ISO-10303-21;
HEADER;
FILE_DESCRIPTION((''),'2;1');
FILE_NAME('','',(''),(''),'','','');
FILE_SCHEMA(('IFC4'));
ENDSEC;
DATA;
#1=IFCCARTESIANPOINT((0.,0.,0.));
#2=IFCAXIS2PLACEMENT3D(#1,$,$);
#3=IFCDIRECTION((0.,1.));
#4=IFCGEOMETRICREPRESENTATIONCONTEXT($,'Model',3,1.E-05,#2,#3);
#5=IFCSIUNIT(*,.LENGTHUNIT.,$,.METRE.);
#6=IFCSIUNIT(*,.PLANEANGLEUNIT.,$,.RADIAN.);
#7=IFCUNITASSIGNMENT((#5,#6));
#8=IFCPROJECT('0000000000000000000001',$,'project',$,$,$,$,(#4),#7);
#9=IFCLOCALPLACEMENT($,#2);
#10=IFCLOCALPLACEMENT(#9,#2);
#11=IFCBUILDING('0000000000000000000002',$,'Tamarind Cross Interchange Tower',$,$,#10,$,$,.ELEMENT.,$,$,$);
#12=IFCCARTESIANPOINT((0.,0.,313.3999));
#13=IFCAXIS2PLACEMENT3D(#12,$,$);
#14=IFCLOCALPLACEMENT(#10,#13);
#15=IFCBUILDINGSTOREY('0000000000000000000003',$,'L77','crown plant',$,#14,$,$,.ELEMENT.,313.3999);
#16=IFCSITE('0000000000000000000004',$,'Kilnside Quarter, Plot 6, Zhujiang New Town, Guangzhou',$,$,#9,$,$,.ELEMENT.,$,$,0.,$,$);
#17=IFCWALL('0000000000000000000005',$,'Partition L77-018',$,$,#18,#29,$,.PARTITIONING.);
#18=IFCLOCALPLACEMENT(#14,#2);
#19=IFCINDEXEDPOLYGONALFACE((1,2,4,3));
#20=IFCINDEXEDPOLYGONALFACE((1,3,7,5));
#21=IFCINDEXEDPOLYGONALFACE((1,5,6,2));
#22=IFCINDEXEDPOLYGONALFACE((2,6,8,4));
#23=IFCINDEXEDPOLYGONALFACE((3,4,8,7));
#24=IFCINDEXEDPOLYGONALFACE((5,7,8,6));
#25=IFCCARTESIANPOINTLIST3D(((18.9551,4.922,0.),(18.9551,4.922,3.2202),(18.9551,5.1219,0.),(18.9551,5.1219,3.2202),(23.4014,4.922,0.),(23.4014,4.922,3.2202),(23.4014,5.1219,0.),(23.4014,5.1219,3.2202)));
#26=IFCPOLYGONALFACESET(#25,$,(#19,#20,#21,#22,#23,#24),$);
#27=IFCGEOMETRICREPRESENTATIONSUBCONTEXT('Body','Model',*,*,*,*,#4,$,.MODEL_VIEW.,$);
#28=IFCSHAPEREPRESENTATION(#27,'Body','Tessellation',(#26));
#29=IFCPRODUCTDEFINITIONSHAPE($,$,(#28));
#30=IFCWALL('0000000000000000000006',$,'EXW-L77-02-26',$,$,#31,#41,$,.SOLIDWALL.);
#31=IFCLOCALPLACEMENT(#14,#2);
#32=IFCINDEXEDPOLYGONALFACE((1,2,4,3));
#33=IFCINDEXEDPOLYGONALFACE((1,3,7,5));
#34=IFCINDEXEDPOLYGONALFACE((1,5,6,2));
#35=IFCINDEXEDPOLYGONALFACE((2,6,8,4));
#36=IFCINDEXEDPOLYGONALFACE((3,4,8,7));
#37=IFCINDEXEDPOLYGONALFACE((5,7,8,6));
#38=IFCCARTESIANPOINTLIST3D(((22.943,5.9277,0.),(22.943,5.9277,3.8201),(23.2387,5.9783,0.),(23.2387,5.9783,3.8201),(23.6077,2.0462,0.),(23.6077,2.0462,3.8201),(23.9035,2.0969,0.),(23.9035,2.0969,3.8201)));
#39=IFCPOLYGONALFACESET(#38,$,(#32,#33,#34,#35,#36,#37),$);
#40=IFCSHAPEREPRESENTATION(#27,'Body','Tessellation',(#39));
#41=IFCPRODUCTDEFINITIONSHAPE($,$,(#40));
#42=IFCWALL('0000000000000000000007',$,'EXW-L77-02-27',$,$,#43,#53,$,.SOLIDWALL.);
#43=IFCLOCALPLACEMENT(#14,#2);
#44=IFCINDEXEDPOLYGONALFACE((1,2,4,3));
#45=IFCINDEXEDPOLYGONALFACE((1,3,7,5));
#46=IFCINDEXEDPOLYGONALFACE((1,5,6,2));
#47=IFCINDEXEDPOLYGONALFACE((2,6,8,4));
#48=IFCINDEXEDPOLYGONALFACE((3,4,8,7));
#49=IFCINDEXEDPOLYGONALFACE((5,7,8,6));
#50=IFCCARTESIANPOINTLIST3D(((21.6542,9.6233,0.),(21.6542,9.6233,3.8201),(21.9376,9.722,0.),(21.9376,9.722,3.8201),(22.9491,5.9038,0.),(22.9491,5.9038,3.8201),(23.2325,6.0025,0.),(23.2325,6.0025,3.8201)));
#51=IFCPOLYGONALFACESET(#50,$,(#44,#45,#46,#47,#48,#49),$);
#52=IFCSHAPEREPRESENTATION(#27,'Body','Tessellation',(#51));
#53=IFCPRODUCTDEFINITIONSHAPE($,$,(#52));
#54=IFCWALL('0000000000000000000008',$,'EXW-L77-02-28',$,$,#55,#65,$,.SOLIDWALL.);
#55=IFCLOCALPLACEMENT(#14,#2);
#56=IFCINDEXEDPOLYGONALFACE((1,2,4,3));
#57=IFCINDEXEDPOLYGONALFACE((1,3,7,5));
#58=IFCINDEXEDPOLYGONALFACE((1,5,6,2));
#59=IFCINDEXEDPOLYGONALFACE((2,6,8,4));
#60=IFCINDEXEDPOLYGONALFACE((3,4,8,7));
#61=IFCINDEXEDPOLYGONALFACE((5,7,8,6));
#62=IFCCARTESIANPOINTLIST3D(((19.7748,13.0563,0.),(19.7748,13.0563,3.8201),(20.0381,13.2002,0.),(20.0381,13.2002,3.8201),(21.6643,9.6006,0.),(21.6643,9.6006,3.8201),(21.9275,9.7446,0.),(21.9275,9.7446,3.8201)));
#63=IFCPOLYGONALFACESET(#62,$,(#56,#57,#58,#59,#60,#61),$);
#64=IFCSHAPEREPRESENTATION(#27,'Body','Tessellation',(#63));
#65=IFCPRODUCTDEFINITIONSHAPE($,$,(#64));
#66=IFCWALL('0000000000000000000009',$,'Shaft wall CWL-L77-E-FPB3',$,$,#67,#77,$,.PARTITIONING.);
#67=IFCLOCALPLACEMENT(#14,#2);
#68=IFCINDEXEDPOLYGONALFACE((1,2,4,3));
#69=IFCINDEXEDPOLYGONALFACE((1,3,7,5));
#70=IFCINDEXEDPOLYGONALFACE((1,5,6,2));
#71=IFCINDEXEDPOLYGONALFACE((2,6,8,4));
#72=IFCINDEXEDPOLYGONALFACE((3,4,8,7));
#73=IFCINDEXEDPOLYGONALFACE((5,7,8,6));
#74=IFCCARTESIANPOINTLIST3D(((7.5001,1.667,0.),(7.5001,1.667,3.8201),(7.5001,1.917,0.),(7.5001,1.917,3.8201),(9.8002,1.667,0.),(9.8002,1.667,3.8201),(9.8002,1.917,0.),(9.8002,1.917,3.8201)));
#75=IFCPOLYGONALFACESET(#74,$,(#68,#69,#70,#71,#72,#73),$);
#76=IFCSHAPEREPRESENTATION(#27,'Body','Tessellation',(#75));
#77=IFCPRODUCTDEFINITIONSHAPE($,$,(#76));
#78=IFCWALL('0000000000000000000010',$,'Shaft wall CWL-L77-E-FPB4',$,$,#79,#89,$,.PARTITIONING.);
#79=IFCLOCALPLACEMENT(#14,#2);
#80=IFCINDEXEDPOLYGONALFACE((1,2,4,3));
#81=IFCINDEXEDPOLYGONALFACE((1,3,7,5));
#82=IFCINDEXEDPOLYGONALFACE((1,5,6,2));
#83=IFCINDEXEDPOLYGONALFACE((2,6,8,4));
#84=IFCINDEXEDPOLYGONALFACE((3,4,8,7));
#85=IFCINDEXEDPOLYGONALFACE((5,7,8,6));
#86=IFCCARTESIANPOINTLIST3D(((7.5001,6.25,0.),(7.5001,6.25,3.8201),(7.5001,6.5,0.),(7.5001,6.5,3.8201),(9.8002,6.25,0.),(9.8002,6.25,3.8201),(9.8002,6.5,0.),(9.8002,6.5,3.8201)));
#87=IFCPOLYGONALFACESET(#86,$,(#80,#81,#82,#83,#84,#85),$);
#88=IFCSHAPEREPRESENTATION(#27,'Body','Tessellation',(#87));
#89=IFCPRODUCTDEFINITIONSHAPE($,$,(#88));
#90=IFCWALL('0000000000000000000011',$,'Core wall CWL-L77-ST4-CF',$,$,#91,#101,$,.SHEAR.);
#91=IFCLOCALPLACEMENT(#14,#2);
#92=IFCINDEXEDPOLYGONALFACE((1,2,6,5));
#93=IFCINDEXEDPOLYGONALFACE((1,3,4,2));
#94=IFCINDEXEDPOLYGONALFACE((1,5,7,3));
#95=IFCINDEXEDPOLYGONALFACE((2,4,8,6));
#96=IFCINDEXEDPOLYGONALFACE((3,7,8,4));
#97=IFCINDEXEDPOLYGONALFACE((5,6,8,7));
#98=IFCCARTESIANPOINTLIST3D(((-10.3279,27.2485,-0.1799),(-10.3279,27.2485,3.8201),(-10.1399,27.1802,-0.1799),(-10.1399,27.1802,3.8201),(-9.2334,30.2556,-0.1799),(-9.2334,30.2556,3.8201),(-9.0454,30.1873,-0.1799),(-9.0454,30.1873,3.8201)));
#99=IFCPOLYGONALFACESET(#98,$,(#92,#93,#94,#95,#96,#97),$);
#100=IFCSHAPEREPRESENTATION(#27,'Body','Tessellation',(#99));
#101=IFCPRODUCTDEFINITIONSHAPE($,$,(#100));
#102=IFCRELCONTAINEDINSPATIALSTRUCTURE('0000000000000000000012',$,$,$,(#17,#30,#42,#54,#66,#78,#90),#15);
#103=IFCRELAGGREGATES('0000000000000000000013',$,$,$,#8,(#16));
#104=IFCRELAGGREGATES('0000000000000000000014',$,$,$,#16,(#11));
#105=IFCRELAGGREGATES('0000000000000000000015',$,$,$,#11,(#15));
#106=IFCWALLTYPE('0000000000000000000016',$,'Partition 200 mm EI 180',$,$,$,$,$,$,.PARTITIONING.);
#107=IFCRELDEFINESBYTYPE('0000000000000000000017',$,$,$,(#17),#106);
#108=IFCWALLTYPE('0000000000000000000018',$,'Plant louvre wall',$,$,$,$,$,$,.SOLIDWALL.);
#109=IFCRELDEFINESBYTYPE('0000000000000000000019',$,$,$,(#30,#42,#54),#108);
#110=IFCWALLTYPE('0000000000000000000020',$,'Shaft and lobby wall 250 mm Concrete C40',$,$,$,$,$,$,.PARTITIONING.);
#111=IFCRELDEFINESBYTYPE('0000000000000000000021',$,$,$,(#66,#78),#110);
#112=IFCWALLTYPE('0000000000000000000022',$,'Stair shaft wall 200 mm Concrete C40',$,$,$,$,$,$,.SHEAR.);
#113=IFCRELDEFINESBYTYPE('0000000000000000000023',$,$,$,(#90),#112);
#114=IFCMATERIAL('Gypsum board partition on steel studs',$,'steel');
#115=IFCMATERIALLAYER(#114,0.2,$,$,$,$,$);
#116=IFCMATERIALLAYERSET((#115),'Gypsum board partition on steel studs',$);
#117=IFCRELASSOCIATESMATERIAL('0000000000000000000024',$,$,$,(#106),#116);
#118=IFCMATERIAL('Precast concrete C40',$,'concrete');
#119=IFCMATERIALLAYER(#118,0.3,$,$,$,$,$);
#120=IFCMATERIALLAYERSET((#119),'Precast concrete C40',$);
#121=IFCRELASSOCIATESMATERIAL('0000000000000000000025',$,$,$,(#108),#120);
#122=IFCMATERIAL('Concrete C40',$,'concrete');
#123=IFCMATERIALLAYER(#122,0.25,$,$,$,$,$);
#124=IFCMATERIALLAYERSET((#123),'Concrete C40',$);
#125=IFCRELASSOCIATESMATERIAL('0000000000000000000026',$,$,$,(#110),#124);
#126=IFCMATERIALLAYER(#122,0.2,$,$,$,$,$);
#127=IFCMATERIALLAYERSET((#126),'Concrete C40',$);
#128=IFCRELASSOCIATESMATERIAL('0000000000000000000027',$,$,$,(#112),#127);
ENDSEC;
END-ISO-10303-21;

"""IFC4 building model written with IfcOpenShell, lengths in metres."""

from ifc_helpers import new_model, si_unit, direction, frame, frame_2d, origin, place, context, subcontext, project, spatial, polyline, rectangle, outline, extrude, material, layer, layer_set, type_object, element, save


model = new_model("IFC4")

# Units and contexts
model_context = context("Model", 3, precision=1e-05, world=origin(), true_north=direction((0.0, 1.0)))
body_context = subcontext(model_context, "Body", "Model", "MODEL_VIEW")
ifc_project = project(units=[si_unit("LENGTHUNIT", "METRE"), si_unit("PLANEANGLEUNIT", "RADIAN")], contexts=[model_context])

# Site, building, storey
site_placement = place(None, origin())
site = spatial("IfcSite", under=ifc_project, at=site_placement, Name="Kilnside Quarter, Plot 6, Zhujiang New Town, Guangzhou", CompositionType="ELEMENT", RefElevation=0.0)
building_placement = place(site_placement, origin())
building = spatial("IfcBuilding", under=site, at=building_placement, Name="Tamarind Cross Interchange Tower", CompositionType="ELEMENT")
storey_placement = place(building_placement, frame((0.0, 0.0, 313.3999)))
storey = spatial("IfcBuildingStorey", under=building, at=storey_placement, Name="L77", Description="crown plant", CompositionType="ELEMENT", Elevation=313.3999)

# Shared definitions
ifc_material_1 = material(Name="Concrete C40", Category="concrete")

# Walls
ifc_material_2 = material(Name="Gypsum board partition on steel studs", Category="steel")
ifc_layer_1 = layer(ifc_material_2, 0.2)
ifc_layer_set_1 = layer_set([ifc_layer_1], Name="Gypsum board partition on steel studs")
wall_type_1 = type_object("IfcWallType", Name="Partition 200 mm EI 180", PredefinedType="PARTITIONING", material=ifc_layer_set_1)
wall_1_placement = place(storey_placement, frame((18.9551, 5.022, 0.0), z_axis=(0.0, 0.0, 1.0), x_axis=(1.0, 0.0, 0.0)))
element("IfcWall", 1, at=wall_1_placement, inside=storey, type_object=wall_type_1, Name="Partition L77-018", PredefinedType="PARTITIONING", context=body_context, shape_type="SweptSolid", body=[
    extrude(rectangle(XDim=4.4463, YDim=0.2, at=frame_2d((2.2231, 0.0))), origin(), (0.0, 0.0, 1.0), 3.2202),
])
ifc_material_3 = material(Name="Precast concrete C40", Category="concrete")
ifc_layer_2 = layer(ifc_material_3, 0.3)
ifc_layer_set_2 = layer_set([ifc_layer_2], Name="Precast concrete C40")
wall_type_2 = type_object("IfcWallType", Name="Plant louvre wall", PredefinedType="SOLIDWALL", material=ifc_layer_set_2)
wall_2_placement = place(storey_placement, frame((23.7556, 2.0715, 0.0), z_axis=(0.0, 0.0, 1.0), x_axis=(-0.168811, 0.985648, 0.0)))
element("IfcWall", 2, at=wall_2_placement, inside=storey, type_object=wall_type_2, Name="EXW-L77-02-26", PredefinedType="SOLIDWALL", context=body_context, shape_type="SweptSolid", body=[
    extrude(rectangle(XDim=3.938, YDim=0.3, at=frame_2d((1.969, 0.0))), origin(), (0.0, 0.0, 1.0), 3.8201),
])
for number, where, z_axis, x_axis, name in (
    (3, (23.0908, 5.9531, 0.0), (0.0, 0.0, 1.0), (-0.32879, 0.944403, 0.0), "EXW-L77-02-27"),
    (4, (21.7959, 9.6726, 0.0), (0.0, 0.0, 1.0), (-0.479742, 0.877409, 0.0), "EXW-L77-02-28"),
):
    element("IfcWall", number, at=place(storey_placement, frame(where, z_axis=z_axis, x_axis=x_axis)), inside=storey, type_object=wall_type_2, Name=name, PredefinedType="SOLIDWALL", context=body_context, shape_type="SweptSolid", body=[
        extrude(rectangle(XDim=3.9385, YDim=0.3, at=frame_2d((1.9692, 0.0))), origin(), (0.0, 0.0, 1.0), 3.8201),
    ])
ifc_layer_3 = layer(ifc_material_1, 0.25)
ifc_layer_set_3 = layer_set([ifc_layer_3], Name="Concrete C40")
wall_type_3 = type_object("IfcWallType", Name="Shaft and lobby wall 250 mm Concrete C40", PredefinedType="PARTITIONING", material=ifc_layer_set_3)
for number, where, z_axis, x_axis, name in (
    (5, (9.8, 1.792, 0.0), (0.0, 0.0, 1.0), (-1.0, 0.0, 0.0), "Shaft wall CWL-L77-E-FPB3"),
    (6, (9.8, 6.375, 0.0), (0.0, 0.0, 1.0), (-1.0, 0.0, 0.0), "Shaft wall CWL-L77-E-FPB4"),
):
    element("IfcWall", number, at=place(storey_placement, frame(where, z_axis=z_axis, x_axis=x_axis)), inside=storey, type_object=wall_type_3, Name=name, PredefinedType="PARTITIONING", context=body_context, shape_type="SweptSolid", body=[
        extrude(rectangle(XDim=2.3, YDim=0.25, at=frame_2d((1.1499, 0.0))), origin(), (0.0, 0.0, 1.0), 3.8201),
    ])
ifc_layer_4 = layer(ifc_material_1, 0.2)
ifc_layer_set_4 = layer_set([ifc_layer_4], Name="Concrete C40")
wall_type_4 = type_object("IfcWallType", Name="Stair shaft wall 200 mm Concrete C40", PredefinedType="SHEAR", material=ifc_layer_set_4)
wall_3_placement = place(storey_placement, frame((0.0, 0.0, -0.1799)))
element("IfcWall", 7, at=wall_3_placement, inside=storey, type_object=wall_type_4, Name="Core wall CWL-L77-ST4-CF", PredefinedType="SHEAR", context=body_context, shape_type="SweptSolid", body=[
    extrude(outline(polyline([(-9.0454, 30.1873), (-9.2334, 30.2556), (-10.3279, 27.2485), (-10.1399, 27.1802), (-9.0454, 30.1873)])), origin(), (0.0, 0.0, 1.0), 4.0),
])

save(model, "model.ifc")
